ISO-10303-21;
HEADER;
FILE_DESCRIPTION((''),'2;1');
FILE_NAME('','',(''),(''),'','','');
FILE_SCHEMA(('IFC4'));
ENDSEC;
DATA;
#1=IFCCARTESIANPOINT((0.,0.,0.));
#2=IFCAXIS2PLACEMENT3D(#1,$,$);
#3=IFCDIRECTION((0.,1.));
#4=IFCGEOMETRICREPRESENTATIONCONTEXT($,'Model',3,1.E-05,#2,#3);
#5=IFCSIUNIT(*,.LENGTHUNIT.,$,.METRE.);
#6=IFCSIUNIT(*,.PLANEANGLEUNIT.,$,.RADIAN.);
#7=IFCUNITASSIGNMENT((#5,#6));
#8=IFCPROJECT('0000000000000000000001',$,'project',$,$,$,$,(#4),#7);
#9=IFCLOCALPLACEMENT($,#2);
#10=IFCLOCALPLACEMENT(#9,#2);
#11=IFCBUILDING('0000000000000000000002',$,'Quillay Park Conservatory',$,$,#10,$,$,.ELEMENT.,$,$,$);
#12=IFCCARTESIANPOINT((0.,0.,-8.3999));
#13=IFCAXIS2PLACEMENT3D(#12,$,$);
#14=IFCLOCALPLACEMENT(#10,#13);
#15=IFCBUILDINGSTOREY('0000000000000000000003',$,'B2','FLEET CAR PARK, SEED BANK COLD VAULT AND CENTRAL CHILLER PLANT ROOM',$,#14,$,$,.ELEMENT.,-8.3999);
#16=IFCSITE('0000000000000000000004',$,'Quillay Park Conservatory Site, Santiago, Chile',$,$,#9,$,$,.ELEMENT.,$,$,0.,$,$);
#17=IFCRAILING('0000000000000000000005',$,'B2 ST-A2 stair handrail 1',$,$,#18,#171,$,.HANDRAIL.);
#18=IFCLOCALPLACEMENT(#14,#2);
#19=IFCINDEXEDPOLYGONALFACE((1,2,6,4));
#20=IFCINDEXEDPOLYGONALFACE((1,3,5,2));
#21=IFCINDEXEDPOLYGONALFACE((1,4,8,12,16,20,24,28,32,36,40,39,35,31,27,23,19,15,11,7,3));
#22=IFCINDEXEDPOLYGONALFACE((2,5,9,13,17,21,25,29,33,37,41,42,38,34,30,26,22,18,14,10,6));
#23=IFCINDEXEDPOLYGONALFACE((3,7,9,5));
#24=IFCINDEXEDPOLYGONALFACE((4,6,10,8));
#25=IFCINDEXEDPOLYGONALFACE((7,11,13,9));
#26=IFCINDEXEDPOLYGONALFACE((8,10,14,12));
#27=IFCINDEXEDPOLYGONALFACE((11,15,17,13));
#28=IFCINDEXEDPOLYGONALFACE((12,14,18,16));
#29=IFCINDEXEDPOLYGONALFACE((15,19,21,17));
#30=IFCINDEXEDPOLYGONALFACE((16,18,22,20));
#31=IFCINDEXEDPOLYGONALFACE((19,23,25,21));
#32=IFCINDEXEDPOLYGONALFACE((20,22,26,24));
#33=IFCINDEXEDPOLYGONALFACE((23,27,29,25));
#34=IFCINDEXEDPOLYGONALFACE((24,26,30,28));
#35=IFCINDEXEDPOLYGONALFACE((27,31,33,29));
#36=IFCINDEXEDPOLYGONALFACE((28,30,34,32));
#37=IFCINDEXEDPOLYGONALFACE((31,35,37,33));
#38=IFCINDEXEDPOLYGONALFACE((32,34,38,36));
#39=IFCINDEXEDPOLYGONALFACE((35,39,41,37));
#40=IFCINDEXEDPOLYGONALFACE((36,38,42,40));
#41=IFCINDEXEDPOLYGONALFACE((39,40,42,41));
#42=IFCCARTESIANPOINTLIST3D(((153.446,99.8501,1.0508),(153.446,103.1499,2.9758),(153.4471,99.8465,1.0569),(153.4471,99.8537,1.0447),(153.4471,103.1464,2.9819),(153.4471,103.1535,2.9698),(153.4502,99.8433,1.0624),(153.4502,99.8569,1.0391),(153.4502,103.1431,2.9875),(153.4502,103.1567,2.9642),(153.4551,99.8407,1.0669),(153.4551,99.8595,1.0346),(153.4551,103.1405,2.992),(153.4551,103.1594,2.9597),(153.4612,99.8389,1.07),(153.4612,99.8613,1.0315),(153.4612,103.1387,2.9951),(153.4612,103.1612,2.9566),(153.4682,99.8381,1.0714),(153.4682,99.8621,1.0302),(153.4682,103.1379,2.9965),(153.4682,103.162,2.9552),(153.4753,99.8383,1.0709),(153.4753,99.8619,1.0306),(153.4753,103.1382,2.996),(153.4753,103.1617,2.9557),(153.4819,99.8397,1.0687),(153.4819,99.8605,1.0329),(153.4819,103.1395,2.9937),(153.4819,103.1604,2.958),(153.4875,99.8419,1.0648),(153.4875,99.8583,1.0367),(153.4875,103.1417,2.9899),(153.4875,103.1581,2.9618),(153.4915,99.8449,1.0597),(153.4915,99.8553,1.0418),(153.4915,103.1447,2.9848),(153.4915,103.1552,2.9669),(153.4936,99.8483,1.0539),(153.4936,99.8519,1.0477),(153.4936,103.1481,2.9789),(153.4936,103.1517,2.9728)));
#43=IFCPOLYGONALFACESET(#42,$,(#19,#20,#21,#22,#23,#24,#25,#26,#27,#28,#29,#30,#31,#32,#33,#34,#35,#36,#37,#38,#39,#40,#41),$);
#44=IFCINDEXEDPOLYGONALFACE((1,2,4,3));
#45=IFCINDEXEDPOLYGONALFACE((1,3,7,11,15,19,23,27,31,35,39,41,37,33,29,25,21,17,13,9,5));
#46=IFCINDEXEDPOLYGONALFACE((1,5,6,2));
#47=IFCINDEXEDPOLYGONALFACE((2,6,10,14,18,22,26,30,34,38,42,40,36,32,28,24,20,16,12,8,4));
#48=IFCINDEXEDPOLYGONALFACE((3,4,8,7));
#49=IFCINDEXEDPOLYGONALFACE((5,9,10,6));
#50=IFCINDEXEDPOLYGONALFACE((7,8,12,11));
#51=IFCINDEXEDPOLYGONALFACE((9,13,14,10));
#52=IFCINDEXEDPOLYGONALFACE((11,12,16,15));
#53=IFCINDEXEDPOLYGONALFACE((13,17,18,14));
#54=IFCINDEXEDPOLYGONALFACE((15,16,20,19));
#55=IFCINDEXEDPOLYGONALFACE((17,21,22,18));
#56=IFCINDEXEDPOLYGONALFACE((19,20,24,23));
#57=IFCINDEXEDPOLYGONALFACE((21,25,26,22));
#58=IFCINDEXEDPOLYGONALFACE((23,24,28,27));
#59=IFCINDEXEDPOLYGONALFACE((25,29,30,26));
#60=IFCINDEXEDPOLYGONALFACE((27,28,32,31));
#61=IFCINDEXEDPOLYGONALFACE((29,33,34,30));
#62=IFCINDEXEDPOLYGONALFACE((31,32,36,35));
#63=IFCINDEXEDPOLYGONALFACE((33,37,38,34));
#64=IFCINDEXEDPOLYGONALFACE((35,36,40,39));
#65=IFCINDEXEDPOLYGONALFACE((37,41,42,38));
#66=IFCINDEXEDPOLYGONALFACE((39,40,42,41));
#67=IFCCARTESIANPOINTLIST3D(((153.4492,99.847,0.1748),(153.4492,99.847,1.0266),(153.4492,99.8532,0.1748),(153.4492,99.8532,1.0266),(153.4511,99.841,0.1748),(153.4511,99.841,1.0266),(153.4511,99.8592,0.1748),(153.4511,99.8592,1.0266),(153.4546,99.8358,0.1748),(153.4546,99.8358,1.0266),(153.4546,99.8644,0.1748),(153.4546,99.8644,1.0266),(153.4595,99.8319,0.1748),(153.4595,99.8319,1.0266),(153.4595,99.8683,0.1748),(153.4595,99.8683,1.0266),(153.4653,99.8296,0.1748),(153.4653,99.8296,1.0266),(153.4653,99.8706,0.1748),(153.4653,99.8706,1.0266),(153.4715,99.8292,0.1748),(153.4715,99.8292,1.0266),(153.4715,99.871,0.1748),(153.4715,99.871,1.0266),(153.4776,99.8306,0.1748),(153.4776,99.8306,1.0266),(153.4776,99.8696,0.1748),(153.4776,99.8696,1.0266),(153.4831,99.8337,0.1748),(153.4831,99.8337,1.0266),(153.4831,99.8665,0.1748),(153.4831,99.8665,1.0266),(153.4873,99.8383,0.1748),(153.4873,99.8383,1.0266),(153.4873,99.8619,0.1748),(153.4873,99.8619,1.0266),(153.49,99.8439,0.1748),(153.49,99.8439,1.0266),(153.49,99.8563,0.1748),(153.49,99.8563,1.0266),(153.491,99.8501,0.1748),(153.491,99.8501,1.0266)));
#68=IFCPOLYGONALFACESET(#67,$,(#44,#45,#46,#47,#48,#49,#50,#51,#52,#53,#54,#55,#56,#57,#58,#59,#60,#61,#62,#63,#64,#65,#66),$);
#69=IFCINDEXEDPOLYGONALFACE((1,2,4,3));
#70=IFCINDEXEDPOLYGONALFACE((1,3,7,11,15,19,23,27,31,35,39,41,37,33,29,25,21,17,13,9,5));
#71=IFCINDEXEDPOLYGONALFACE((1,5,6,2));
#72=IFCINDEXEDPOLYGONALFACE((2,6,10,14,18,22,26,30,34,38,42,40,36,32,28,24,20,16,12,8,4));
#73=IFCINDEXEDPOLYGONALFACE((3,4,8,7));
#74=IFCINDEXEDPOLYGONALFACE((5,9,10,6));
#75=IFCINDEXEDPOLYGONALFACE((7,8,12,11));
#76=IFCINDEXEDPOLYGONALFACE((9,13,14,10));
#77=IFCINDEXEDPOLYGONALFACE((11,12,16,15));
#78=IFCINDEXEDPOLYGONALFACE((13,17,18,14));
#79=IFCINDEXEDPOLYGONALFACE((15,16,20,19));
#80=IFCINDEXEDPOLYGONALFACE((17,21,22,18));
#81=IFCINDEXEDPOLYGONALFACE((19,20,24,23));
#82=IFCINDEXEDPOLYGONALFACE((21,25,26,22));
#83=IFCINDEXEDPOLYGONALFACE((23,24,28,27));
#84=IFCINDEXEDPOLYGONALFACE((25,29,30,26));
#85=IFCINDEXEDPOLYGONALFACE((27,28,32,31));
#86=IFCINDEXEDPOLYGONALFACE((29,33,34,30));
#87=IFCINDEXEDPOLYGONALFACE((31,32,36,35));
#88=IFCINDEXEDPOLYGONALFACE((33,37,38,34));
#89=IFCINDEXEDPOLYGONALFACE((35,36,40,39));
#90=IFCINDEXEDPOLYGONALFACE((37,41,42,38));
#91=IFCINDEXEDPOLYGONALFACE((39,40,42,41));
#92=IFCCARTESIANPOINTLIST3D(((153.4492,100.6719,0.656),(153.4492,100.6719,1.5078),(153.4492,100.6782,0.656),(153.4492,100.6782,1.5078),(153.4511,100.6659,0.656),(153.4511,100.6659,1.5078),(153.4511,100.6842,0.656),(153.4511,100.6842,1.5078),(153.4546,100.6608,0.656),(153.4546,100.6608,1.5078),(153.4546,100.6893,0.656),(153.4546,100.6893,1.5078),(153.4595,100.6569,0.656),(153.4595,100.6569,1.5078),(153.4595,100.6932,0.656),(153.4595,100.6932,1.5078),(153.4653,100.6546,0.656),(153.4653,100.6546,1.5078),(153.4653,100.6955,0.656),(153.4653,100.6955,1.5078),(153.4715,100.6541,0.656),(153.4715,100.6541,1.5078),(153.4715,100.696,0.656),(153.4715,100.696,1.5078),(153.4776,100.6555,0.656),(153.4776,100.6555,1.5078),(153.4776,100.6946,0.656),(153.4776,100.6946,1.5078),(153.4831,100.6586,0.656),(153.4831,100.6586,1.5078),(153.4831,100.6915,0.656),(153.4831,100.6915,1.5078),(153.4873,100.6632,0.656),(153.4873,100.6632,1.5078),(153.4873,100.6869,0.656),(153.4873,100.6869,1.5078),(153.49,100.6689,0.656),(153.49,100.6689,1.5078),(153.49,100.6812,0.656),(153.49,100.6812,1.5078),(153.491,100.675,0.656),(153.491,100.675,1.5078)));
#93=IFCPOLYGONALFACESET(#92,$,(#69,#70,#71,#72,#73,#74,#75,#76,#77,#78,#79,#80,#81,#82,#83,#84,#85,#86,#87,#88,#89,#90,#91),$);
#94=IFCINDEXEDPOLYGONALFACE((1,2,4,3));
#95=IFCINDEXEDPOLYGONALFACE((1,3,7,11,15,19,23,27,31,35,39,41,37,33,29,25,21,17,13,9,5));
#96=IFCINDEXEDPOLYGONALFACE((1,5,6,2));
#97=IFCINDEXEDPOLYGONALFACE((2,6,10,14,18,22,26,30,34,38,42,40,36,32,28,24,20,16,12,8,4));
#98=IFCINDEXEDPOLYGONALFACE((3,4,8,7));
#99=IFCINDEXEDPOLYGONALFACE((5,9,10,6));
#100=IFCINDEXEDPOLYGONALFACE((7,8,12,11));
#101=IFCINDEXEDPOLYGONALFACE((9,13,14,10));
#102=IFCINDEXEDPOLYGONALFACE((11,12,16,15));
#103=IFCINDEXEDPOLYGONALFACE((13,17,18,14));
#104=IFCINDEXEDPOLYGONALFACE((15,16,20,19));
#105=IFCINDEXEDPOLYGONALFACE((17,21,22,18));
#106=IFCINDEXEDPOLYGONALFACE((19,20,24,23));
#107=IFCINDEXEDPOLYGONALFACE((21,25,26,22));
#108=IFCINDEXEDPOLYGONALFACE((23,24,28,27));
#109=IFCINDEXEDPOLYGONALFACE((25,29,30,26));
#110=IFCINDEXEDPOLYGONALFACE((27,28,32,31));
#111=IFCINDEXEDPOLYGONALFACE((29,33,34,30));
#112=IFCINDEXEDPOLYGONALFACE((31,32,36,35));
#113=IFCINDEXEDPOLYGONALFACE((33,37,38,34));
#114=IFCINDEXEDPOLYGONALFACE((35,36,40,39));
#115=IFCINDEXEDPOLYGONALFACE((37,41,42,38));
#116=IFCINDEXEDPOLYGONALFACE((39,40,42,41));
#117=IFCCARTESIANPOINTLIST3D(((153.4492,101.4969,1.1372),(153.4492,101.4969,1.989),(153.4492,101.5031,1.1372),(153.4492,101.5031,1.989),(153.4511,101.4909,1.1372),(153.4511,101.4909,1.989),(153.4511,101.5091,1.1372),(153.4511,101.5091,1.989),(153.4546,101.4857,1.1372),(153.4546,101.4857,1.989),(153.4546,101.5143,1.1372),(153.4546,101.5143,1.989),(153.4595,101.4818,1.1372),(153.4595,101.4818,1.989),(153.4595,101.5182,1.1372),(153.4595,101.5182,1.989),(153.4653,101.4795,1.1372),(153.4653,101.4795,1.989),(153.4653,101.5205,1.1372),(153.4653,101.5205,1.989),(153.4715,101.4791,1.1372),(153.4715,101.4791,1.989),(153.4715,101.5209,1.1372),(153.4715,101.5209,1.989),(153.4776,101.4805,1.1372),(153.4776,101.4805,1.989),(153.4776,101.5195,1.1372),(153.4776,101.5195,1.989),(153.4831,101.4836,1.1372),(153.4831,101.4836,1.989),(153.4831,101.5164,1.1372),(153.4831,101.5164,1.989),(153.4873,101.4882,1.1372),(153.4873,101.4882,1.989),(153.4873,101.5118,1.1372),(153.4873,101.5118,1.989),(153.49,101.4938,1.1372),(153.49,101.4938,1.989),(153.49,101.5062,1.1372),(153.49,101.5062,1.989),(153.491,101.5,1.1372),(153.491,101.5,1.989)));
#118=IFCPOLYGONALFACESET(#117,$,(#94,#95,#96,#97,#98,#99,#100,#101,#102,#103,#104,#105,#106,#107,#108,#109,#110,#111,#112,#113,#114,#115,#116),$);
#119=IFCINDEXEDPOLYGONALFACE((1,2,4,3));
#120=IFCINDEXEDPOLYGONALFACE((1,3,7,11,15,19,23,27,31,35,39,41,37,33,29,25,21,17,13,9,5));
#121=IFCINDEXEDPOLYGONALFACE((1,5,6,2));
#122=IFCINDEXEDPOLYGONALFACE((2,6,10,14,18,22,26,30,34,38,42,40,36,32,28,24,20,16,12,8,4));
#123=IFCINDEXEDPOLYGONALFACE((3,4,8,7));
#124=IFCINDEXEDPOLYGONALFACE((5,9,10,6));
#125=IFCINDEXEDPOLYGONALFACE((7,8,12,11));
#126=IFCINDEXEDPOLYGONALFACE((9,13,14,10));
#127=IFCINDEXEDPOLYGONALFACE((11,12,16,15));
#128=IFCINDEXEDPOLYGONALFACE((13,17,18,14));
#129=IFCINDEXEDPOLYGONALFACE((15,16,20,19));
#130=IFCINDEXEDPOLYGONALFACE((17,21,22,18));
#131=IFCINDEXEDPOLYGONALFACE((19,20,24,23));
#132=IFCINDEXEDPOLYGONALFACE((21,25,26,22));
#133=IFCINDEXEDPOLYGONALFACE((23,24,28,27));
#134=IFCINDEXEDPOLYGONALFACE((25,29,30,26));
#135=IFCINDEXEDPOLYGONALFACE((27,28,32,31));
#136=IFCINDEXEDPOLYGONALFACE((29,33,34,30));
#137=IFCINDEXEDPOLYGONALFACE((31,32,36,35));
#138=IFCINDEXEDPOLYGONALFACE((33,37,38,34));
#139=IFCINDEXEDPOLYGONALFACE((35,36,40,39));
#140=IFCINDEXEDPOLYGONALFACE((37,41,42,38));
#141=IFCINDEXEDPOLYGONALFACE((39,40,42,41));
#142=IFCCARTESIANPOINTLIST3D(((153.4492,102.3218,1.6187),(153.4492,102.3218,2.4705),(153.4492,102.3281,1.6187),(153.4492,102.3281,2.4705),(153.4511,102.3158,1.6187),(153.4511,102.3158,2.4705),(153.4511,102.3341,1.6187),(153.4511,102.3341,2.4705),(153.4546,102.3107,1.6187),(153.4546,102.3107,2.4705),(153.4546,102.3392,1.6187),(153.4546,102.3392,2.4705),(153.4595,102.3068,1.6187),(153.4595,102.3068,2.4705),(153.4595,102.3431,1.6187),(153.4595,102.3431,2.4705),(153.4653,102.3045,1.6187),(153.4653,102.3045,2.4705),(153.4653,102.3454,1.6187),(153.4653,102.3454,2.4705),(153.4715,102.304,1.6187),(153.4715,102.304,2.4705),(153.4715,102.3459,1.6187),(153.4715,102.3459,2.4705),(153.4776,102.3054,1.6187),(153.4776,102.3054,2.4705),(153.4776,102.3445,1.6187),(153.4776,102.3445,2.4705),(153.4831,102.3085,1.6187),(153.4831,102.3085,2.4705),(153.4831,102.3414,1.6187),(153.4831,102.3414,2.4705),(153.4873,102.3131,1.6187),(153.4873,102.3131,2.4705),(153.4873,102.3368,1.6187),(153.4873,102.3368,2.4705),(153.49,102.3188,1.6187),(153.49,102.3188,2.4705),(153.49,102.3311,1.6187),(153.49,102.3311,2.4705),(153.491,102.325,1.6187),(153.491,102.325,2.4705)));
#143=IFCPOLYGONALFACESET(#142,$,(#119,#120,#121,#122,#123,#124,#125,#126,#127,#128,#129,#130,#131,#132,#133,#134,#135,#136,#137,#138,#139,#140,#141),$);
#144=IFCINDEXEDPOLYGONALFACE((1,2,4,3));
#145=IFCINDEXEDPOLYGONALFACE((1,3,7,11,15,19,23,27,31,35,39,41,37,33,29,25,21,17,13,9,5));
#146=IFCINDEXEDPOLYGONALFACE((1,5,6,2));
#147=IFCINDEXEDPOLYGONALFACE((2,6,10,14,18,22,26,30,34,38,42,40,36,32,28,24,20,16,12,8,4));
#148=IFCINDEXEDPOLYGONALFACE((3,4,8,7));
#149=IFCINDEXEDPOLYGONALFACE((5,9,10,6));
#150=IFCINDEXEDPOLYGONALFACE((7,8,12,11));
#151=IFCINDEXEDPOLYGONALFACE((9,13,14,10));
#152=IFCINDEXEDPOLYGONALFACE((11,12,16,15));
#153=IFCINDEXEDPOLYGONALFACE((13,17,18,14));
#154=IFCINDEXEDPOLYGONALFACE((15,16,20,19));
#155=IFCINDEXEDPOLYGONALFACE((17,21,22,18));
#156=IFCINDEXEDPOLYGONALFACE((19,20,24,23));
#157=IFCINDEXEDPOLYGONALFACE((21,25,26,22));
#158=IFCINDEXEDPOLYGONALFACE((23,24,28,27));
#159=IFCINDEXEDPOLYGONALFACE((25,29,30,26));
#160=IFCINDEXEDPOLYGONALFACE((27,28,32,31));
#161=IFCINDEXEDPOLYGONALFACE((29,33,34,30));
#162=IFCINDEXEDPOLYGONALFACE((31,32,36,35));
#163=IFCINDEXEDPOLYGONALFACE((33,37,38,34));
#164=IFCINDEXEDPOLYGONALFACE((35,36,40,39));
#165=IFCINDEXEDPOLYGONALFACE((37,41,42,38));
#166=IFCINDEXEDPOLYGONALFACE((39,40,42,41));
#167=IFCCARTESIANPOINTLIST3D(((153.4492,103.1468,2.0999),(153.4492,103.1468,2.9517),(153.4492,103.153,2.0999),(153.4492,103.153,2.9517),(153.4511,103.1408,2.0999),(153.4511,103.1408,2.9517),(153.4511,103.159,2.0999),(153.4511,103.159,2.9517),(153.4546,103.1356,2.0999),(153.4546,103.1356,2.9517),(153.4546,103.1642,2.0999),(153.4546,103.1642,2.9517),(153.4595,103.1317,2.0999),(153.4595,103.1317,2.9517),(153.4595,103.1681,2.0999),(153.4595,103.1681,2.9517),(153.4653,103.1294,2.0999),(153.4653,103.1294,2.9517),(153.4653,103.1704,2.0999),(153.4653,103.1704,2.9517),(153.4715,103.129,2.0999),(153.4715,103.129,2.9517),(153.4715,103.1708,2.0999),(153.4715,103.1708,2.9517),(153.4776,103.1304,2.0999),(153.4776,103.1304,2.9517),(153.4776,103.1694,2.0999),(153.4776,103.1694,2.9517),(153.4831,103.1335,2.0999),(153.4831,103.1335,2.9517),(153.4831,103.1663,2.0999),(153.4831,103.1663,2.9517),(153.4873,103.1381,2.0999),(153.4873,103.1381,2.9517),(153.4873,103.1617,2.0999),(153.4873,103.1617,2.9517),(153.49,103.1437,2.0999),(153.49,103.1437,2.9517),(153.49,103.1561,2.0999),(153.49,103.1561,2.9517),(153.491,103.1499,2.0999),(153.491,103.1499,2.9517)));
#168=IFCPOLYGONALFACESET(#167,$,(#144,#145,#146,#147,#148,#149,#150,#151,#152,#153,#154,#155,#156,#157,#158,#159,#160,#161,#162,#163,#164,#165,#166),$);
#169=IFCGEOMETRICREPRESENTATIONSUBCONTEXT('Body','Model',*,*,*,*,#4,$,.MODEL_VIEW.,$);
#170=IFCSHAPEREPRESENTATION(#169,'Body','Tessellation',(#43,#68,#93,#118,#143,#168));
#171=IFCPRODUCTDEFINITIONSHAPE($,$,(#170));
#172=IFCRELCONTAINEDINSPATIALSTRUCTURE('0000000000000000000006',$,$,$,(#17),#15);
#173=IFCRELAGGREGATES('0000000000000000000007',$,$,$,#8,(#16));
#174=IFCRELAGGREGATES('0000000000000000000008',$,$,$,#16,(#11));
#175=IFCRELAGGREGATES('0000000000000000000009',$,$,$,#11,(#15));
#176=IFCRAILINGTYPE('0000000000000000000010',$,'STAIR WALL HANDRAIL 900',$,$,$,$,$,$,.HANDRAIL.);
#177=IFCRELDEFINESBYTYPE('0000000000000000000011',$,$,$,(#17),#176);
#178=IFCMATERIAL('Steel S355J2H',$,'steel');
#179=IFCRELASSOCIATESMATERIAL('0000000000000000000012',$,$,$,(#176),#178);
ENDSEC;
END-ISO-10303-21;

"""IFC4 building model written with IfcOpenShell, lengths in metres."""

from ifc_helpers import new_model, si_unit, direction, frame, origin, origin_2d, place, context, subcontext, project, spatial, circle, extrude, material, type_object, element, save


model = new_model("IFC4")

# Units and contexts
model_context = context("Model", 3, precision=1e-05, world=origin(), true_north=direction((0.0, 1.0)))
body_context = subcontext(model_context, "Body", "Model", "MODEL_VIEW")
ifc_project = project(units=[si_unit("LENGTHUNIT", "METRE"), si_unit("PLANEANGLEUNIT", "RADIAN")], contexts=[model_context])

# Site, building, storey
site_placement = place(None, origin())
site = spatial("IfcSite", under=ifc_project, at=site_placement, Name="Quillay Park Conservatory Site, Santiago, Chile", CompositionType="ELEMENT", RefElevation=0.0)
building_placement = place(site_placement, origin())
building = spatial("IfcBuilding", under=site, at=building_placement, Name="Quillay Park Conservatory", CompositionType="ELEMENT")
storey_placement = place(building_placement, frame((0.0, 0.0, -8.3999)))
storey = spatial("IfcBuildingStorey", under=building, at=storey_placement, Name="B2", Description="FLEET CAR PARK, SEED BANK COLD VAULT AND CENTRAL CHILLER PLANT ROOM", CompositionType="ELEMENT", Elevation=-8.3999)

# Railing
ifc_material_1 = material(Name="Steel S355J2H", Category="steel")
railing_type_1 = type_object("IfcRailingType", Name="STAIR WALL HANDRAIL 900", PredefinedType="HANDRAIL", material=ifc_material_1)
railing_1_placement = place(storey_placement, frame((153.47, 99.8501, 0.1748)))
element("IfcRailing", 1, at=railing_1_placement, inside=storey, type_object=railing_type_1, Name="B2 ST-A2 stair handrail 1", PredefinedType="HANDRAIL", context=body_context, shape_type="SweptSolid", body=[
    extrude(circle(Radius=0.0239, at=origin_2d()), frame((0.0, 0.0, 0.876), z_axis=(0.0, 0.86376, 0.503903), x_axis=(-1.0, 0.0, 0.0)), (0.0, 0.0, 1.0), 3.8203),
    extrude(circle(Radius=0.021, at=origin_2d()), origin(), (0.0, 0.0, 1.0), 0.8518),
    extrude(circle(Radius=0.021, at=origin_2d()), frame((0.0, 0.825, 0.4812)), (0.0, 0.0, 1.0), 0.8518),
    extrude(circle(Radius=0.021, at=origin_2d()), frame((0.0, 1.6499, 0.9624)), (0.0, 0.0, 1.0), 0.8518),
    extrude(circle(Radius=0.021, at=origin_2d()), frame((0.0, 2.4749, 1.4438)), (0.0, 0.0, 1.0), 0.8518),
    extrude(circle(Radius=0.021, at=origin_2d()), frame((0.0, 3.2998, 1.925)), (0.0, 0.0, 1.0), 0.8518),
])

save(model, "model.ifc")
